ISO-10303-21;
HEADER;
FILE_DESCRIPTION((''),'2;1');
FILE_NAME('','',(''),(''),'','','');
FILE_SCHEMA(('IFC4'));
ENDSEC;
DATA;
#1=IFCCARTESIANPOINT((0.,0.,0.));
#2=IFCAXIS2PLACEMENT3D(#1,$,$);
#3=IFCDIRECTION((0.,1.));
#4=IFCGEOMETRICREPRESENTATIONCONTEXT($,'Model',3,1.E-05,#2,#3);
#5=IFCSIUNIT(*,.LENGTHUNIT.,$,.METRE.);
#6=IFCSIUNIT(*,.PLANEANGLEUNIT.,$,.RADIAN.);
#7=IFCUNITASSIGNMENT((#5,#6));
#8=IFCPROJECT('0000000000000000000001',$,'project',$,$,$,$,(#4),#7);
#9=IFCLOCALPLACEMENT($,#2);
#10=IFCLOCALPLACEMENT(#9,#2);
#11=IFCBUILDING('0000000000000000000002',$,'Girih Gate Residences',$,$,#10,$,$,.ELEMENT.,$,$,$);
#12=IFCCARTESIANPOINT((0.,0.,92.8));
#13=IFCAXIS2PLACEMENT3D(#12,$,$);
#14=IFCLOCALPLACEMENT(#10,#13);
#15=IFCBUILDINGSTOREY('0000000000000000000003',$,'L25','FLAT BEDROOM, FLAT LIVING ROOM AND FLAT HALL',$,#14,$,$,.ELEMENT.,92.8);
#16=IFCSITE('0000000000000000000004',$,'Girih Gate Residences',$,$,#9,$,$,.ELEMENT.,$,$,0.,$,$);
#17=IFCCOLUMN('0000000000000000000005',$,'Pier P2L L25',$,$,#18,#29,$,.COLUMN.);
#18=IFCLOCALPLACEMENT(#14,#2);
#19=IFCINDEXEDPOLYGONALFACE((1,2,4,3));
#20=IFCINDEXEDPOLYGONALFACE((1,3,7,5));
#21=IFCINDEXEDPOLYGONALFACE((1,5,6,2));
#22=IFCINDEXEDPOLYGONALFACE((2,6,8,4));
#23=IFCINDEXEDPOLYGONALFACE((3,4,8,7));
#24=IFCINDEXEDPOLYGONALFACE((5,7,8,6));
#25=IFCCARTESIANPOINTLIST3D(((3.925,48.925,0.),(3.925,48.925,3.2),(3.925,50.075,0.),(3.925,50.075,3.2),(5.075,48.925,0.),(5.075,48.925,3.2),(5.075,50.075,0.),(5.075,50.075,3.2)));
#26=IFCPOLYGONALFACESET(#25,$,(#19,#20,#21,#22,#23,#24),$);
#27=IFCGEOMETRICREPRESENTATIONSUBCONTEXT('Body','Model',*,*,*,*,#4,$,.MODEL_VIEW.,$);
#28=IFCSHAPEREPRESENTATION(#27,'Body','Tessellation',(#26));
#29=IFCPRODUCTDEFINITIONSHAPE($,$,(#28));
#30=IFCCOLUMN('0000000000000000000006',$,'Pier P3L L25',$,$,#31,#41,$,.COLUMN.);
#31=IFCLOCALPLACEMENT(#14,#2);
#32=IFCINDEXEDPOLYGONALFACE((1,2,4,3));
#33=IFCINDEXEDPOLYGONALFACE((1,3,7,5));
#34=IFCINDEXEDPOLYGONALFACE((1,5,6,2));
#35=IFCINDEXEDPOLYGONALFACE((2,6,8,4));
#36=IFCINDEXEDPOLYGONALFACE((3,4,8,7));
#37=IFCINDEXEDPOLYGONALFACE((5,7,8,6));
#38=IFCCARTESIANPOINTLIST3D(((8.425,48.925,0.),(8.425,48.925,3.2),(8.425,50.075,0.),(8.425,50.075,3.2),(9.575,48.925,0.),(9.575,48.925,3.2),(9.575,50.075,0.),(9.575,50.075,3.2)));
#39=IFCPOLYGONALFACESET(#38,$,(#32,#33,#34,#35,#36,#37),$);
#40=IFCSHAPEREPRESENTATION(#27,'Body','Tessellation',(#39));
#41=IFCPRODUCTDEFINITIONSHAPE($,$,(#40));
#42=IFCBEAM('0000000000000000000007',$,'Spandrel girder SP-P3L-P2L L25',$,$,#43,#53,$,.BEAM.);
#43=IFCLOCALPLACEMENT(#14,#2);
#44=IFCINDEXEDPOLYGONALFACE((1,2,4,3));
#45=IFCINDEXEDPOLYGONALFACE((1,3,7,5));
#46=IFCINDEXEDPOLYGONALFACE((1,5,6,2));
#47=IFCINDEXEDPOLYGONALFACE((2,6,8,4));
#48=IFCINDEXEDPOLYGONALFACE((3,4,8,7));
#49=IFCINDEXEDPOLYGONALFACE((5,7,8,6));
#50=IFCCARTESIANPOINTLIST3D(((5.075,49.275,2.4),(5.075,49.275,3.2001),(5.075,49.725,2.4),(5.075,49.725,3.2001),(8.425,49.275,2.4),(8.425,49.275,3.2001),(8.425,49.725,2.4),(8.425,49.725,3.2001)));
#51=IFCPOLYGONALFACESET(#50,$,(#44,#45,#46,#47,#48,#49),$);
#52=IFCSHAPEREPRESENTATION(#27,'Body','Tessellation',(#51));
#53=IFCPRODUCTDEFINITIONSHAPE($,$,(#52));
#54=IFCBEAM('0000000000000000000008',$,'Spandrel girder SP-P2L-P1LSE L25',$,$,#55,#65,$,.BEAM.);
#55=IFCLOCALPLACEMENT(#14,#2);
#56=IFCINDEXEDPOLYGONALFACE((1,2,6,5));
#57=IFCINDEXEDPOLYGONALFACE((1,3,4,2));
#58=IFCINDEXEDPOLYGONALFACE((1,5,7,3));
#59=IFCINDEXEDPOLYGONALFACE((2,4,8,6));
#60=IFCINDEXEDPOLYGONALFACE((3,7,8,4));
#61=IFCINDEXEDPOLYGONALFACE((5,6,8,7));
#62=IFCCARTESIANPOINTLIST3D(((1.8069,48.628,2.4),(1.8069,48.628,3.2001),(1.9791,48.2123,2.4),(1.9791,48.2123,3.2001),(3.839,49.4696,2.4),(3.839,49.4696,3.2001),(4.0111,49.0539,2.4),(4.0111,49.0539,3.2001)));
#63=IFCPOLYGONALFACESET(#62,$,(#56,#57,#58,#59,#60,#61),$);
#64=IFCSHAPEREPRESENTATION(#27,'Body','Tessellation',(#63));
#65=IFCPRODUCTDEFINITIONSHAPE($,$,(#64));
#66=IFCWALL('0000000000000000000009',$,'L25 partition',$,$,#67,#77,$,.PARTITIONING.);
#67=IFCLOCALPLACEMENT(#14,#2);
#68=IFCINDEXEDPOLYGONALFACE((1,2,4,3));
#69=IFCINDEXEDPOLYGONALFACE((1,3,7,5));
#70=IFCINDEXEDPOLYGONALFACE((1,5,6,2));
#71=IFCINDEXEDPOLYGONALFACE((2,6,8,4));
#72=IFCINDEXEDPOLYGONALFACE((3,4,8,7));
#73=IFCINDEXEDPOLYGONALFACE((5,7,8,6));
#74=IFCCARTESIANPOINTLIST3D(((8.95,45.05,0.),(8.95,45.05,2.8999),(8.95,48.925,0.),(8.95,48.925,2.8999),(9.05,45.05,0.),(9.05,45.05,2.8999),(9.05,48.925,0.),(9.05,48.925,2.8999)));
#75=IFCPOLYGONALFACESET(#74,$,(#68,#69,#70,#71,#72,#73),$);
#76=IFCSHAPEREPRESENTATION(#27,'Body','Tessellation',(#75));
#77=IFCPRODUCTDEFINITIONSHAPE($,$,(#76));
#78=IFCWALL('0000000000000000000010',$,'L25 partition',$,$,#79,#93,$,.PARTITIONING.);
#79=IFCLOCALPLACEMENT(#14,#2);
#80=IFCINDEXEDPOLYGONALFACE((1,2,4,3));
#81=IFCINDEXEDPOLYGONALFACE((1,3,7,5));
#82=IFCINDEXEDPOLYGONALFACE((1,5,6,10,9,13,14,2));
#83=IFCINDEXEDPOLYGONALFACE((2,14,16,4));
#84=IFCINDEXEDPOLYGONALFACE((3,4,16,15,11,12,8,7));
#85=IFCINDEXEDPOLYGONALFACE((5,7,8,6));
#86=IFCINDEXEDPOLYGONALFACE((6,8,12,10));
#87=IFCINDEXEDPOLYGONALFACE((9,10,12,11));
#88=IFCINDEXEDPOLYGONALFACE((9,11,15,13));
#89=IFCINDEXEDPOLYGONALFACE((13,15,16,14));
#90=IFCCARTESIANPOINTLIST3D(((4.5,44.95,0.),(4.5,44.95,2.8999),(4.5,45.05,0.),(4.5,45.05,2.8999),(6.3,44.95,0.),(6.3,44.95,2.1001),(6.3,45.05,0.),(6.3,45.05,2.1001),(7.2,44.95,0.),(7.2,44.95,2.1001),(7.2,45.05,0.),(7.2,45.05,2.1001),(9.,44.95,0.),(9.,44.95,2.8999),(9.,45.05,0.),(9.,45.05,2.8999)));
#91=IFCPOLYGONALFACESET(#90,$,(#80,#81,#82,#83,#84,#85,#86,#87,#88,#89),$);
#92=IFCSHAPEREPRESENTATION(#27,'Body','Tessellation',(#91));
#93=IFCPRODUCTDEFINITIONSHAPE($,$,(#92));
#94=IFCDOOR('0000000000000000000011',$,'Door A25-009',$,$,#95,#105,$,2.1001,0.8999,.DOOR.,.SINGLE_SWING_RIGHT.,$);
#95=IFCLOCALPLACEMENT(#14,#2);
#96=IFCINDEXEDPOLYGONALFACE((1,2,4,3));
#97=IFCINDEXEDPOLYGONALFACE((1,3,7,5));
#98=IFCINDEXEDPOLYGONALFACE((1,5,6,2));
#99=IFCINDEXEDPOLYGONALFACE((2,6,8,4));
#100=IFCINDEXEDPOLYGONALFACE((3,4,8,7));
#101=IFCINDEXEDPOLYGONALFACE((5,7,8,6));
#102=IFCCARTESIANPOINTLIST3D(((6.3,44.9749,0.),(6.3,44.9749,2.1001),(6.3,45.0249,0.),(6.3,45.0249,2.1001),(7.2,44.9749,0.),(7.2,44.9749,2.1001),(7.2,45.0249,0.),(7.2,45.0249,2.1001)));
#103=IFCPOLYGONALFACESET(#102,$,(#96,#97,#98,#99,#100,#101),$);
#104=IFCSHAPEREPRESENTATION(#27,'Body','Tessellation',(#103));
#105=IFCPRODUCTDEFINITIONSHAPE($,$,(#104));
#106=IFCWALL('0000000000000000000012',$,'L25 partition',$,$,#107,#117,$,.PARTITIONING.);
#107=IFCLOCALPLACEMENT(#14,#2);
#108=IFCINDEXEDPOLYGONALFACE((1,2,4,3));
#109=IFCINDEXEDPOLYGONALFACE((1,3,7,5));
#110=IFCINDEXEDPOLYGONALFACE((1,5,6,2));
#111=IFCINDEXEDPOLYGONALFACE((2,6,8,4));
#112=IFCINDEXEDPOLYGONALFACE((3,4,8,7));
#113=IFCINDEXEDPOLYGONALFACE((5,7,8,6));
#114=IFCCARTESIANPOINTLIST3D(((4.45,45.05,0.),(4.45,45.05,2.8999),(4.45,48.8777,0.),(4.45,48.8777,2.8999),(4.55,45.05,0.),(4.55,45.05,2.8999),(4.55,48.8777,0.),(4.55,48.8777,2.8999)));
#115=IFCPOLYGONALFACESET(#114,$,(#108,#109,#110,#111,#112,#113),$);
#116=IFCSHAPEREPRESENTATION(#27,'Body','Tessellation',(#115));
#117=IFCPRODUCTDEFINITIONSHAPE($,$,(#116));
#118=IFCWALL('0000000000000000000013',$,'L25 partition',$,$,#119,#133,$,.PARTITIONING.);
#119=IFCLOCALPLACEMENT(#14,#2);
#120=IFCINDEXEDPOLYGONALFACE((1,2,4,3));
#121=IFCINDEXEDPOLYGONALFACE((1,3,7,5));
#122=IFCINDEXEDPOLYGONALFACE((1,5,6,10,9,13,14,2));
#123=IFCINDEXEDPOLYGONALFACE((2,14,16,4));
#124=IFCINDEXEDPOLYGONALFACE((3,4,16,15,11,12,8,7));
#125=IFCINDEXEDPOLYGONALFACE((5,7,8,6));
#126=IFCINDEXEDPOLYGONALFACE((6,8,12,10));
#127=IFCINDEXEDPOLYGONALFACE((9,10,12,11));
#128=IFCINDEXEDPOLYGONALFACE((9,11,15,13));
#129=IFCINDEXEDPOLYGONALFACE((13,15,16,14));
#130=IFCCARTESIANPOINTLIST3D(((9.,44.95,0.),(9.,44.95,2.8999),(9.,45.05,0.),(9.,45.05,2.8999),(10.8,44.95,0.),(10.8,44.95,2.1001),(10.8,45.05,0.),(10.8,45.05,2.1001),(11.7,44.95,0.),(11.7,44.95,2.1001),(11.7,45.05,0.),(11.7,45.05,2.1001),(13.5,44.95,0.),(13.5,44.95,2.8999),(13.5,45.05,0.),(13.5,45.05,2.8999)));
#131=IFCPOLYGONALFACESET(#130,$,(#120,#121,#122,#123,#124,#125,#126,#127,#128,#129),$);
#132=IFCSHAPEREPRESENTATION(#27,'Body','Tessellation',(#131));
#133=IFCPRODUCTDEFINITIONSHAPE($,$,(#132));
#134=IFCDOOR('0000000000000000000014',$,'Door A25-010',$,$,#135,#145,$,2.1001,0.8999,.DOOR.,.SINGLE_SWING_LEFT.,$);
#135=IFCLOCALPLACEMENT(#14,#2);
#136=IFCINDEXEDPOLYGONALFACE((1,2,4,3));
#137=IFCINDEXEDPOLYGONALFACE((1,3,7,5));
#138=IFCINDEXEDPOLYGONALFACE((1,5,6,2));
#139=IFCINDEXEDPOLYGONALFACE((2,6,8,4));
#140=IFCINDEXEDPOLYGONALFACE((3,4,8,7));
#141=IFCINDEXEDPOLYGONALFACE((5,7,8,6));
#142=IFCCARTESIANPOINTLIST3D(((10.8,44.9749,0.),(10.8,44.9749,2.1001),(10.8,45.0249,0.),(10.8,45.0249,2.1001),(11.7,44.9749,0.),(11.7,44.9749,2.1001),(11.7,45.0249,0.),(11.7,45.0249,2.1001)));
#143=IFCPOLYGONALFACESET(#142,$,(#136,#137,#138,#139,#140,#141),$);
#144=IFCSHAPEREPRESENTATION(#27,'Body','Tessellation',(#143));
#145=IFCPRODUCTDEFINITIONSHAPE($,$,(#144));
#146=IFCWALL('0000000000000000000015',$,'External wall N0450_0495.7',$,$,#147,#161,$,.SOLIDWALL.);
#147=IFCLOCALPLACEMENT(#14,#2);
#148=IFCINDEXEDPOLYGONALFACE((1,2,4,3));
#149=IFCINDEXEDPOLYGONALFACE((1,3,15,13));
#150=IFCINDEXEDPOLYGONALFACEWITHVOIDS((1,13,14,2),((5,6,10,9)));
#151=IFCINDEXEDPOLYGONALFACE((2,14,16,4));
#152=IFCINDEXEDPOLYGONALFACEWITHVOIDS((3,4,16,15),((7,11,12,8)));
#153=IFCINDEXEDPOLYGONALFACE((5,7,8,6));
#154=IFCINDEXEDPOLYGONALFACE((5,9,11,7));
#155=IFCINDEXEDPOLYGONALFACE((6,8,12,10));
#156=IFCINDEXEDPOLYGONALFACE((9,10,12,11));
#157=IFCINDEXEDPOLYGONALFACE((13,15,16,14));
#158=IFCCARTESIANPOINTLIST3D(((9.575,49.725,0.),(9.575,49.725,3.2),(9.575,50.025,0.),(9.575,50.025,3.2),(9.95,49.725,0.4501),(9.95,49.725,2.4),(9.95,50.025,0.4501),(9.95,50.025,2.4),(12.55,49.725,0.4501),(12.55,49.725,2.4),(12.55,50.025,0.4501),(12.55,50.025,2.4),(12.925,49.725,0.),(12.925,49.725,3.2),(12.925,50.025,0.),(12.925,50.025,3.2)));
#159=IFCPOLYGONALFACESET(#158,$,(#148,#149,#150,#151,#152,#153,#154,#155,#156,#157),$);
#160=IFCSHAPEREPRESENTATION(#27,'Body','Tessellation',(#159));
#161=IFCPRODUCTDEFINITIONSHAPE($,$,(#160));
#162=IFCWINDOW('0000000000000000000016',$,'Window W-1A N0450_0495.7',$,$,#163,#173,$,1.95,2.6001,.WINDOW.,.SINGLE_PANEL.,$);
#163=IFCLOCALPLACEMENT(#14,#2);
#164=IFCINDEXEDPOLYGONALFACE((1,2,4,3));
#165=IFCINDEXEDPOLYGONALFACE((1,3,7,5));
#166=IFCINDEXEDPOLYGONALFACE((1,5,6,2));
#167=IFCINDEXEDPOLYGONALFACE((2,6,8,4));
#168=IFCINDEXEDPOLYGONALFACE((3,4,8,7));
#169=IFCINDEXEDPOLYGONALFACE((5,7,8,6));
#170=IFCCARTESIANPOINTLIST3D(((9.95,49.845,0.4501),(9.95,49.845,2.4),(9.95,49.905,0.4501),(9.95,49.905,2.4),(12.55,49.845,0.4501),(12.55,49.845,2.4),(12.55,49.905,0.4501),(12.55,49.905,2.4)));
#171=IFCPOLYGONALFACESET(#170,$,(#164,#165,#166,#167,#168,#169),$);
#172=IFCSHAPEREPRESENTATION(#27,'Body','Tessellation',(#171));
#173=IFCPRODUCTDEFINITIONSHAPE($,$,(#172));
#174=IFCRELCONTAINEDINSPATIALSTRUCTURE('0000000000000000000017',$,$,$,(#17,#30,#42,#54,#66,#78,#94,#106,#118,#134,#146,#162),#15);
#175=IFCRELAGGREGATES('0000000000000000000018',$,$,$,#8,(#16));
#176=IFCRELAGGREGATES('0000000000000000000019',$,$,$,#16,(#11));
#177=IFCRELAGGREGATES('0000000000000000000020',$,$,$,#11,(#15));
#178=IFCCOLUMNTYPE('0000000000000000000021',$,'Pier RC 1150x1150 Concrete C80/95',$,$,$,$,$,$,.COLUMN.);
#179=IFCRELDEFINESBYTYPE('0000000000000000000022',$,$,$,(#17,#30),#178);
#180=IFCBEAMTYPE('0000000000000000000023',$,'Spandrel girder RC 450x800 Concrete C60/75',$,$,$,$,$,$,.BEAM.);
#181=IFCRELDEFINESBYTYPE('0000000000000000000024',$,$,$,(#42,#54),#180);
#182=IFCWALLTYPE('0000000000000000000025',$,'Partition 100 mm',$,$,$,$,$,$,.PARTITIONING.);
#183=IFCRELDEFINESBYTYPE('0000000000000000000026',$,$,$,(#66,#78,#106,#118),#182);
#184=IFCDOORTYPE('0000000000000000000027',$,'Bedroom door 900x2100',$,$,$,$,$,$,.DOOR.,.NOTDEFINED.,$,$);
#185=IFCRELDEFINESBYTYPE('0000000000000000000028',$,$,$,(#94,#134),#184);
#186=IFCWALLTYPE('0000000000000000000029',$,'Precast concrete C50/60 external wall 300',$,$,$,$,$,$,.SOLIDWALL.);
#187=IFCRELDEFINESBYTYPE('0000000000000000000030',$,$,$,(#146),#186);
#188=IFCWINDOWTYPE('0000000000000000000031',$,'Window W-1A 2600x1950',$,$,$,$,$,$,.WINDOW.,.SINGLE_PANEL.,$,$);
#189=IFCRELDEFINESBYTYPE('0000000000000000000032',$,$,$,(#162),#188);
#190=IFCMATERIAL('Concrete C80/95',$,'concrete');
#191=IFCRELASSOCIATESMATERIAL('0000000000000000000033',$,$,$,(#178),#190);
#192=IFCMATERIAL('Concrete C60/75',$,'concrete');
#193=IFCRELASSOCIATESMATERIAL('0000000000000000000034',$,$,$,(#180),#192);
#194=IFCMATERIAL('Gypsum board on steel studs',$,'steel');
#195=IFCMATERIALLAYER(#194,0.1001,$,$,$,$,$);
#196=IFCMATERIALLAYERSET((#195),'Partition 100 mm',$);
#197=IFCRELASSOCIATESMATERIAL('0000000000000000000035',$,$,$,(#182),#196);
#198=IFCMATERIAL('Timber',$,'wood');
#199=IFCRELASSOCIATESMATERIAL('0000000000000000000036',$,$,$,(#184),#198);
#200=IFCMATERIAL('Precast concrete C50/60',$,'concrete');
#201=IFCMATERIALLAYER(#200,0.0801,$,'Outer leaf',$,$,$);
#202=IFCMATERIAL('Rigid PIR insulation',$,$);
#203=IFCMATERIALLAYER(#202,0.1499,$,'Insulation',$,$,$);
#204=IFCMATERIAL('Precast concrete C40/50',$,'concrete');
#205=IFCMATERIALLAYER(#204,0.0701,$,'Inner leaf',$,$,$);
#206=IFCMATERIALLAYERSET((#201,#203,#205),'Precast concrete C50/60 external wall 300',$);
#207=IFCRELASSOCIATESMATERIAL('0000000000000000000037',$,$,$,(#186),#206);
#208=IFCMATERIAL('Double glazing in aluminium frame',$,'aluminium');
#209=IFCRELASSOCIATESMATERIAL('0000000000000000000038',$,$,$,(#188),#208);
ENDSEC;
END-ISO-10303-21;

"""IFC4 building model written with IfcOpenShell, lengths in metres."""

from ifc_helpers import new_model, si_unit, direction, frame, frame_2d, origin, origin_2d, place, context, subcontext, project, spatial, rectangle, extrude, material, layer, layer_set, material_profile, profile_set, type_object, element, fill, save


model = new_model("IFC4")

# Units and contexts
model_context = context("Model", 3, precision=1e-05, world=origin(), true_north=direction((0.0, 1.0)))
body_context = subcontext(model_context, "Body", "Model", "MODEL_VIEW")
ifc_project = project(units=[si_unit("LENGTHUNIT", "METRE"), si_unit("PLANEANGLEUNIT", "RADIAN")], contexts=[model_context])

# Site, building, storey
site_placement = place(None, origin())
site = spatial("IfcSite", under=ifc_project, at=site_placement, Name="Girih Gate Residences", CompositionType="ELEMENT", RefElevation=0.0)
building_placement = place(site_placement, origin())
building = spatial("IfcBuilding", under=site, at=building_placement, Name="Girih Gate Residences", CompositionType="ELEMENT")
storey_placement = place(building_placement, frame((0.0, 0.0, 92.8)))
storey = spatial("IfcBuildingStorey", under=building, at=storey_placement, Name="L25", Description="FLAT BEDROOM, FLAT LIVING ROOM AND FLAT HALL", CompositionType="ELEMENT", Elevation=92.8)

# Columns
ifc_material_1 = material(Name="Concrete C80/95", Category="concrete")
ifc_material_profile_1 = material_profile(ifc_material_1, rectangle(XDim=1.1499, YDim=1.1499, at=origin_2d()))
ifc_profile_set_1 = profile_set([ifc_material_profile_1], Name="Concrete C80/95")
column_type = type_object("IfcColumnType", Name="Pier RC 1150x1150 Concrete C80/95", PredefinedType="COLUMN", material=ifc_profile_set_1)
for number, where, z_axis, x_axis, name in (
    (1, (4.5, 49.5, 0.0), (0.0, 0.0, 1.0), (1.0, 0.0, 0.0), "Pier P2L L25"),
    (2, (9.0, 49.5, 0.0), (0.0, 0.0, 1.0), (1.0, 0.0, 0.0), "Pier P3L L25"),
):
    element("IfcColumn", number, at=place(storey_placement, frame(where, z_axis=z_axis, x_axis=x_axis)), inside=storey, type_object=column_type, Name=name, PredefinedType="COLUMN", context=body_context, shape_type="SweptSolid", body=[
        extrude(rectangle(XDim=1.1499, YDim=1.1499, at=origin_2d()), origin(), (0.0, 0.0, 1.0), 3.2),
    ])

# Beams
ifc_material_2 = material(Name="Concrete C60/75", Category="concrete")
ifc_material_profile_2 = material_profile(ifc_material_2, rectangle(XDim=0.45, YDim=0.8, at=origin_2d()))
ifc_profile_set_2 = profile_set([ifc_material_profile_2], Name="Concrete C60/75")
beam_type = type_object("IfcBeamType", Name="Spandrel girder RC 450x800 Concrete C60/75", PredefinedType="BEAM", material=ifc_profile_set_2)
beam_1_placement = place(storey_placement, frame((8.425, 49.5, 2.8), z_axis=(-1.0, 0.0, 0.0), x_axis=(0.0, -1.0, 0.0)))
element("IfcBeam", 3, at=beam_1_placement, inside=storey, type_object=beam_type, Name="Spandrel girder SP-P3L-P2L L25", PredefinedType="BEAM", context=body_context, shape_type="SweptSolid", body=[
    extrude(rectangle(XDim=0.45, YDim=0.8, at=origin_2d()), origin(), (0.0, 0.0, 1.0), 3.3501),
])
beam_2_placement = place(storey_placement, frame((3.925, 49.2617, 2.8), z_axis=(-0.923899, -0.382636, 0.0), x_axis=(0.382636, -0.923899, 0.0)))
element("IfcBeam", 4, at=beam_2_placement, inside=storey, type_object=beam_type, Name="Spandrel girder SP-P2L-P1LSE L25", PredefinedType="BEAM", context=body_context, shape_type="SweptSolid", body=[
    extrude(rectangle(XDim=0.45, YDim=0.8, at=origin_2d()), origin(), (0.0, 0.0, 1.0), 2.1995),
])

# Wall
ifc_material_3 = material(Name="Gypsum board on steel studs", Category="steel")
ifc_layer_1 = layer(ifc_material_3, 0.1001)
ifc_layer_set_1 = layer_set([ifc_layer_1], Name="Partition 100 mm")
wall_type_1 = type_object("IfcWallType", Name="Partition 100 mm", PredefinedType="PARTITIONING", material=ifc_layer_set_1)
wall_1_placement = place(storey_placement, frame((9.0, 45.05, 0.0), z_axis=(0.0, 0.0, 1.0), x_axis=(0.0, 1.0, 0.0)))
element("IfcWall", 5, at=wall_1_placement, inside=storey, type_object=wall_type_1, Name="L25 partition", PredefinedType="PARTITIONING", context=body_context, shape_type="SweptSolid", body=[
    extrude(rectangle(XDim=3.875, YDim=0.1001, at=frame_2d((1.9375, 0.0))), origin(), (0.0, 0.0, 1.0), 2.8999),
])

# Wall, opening, door
wall_2_placement = place(storey_placement, frame((4.5, 45.0, 0.0), z_axis=(0.0, 0.0, 1.0), x_axis=(1.0, 0.0, 0.0)))
wall_2 = element("IfcWall", 6, at=wall_2_placement, inside=storey, type_object=wall_type_1, Name="L25 partition", PredefinedType="PARTITIONING", context=body_context, shape_type="SweptSolid", body=[
    extrude(rectangle(XDim=4.5, YDim=0.1001, at=frame_2d((2.25, 0.0))), origin(), (0.0, 0.0, 1.0), 2.8999),
])
opening_1_placement = place(wall_2_placement, frame((1.8, 0.0, 0.0)))
opening_1 = element("IfcOpeningElement", 7, at=opening_1_placement, cuts=wall_2, PredefinedType="OPENING", context=body_context, shape_type="SweptSolid", body=[
    extrude(rectangle(XDim=0.8999, YDim=2.1001, at=frame_2d((0.45, 1.05))), frame((0.0, 0.0601, 0.0), z_axis=(0.0, -1.0, 0.0), x_axis=(1.0, 0.0, 0.0)), (0.0, 0.0, 1.0), 0.1201),
])
ifc_material_4 = material(Name="Timber", Category="wood")
door_type = type_object("IfcDoorType", Name="Bedroom door 900x2100", OperationType="NOTDEFINED", PredefinedType="DOOR", material=ifc_material_4)
door_1_placement = place(opening_1_placement, origin())
door_1 = element("IfcDoor", 8, at=door_1_placement, inside=storey, type_object=door_type, Name="Door A25-009", OperationType="SINGLE_SWING_RIGHT", OverallHeight=2.1001, OverallWidth=0.8999, PredefinedType="DOOR", context=body_context, shape_type="SweptSolid", body=[
    extrude(rectangle(XDim=0.8999, YDim=2.1001, at=frame_2d((0.45, 1.05))), frame((0.0, 0.0249, 0.0), z_axis=(0.0, -1.0, 0.0), x_axis=(1.0, 0.0, 0.0)), (0.0, 0.0, 1.0), 0.05),
])
fill(opening_1, door_1)

# Wall
wall_3_placement = place(storey_placement, frame((4.5, 45.05, 0.0), z_axis=(0.0, 0.0, 1.0), x_axis=(0.0, 1.0, 0.0)))
element("IfcWall", 9, at=wall_3_placement, inside=storey, type_object=wall_type_1, Name="L25 partition", PredefinedType="PARTITIONING", context=body_context, shape_type="SweptSolid", body=[
    extrude(rectangle(XDim=3.8276, YDim=0.1001, at=frame_2d((1.9138, 0.0))), origin(), (0.0, 0.0, 1.0), 2.8999),
])

# Wall, opening, door
wall_4_placement = place(storey_placement, frame((9.0, 45.0, 0.0), z_axis=(0.0, 0.0, 1.0), x_axis=(1.0, 0.0, 0.0)))
wall_4 = element("IfcWall", 10, at=wall_4_placement, inside=storey, type_object=wall_type_1, Name="L25 partition", PredefinedType="PARTITIONING", context=body_context, shape_type="SweptSolid", body=[
    extrude(rectangle(XDim=4.5, YDim=0.1001, at=frame_2d((2.25, 0.0))), origin(), (0.0, 0.0, 1.0), 2.8999),
])
opening_2_placement = place(wall_4_placement, frame((1.8, 0.0, 0.0)))
opening_2 = element("IfcOpeningElement", 11, at=opening_2_placement, cuts=wall_4, PredefinedType="OPENING", context=body_context, shape_type="SweptSolid", body=[
    extrude(rectangle(XDim=0.8999, YDim=2.1001, at=frame_2d((0.45, 1.05))), frame((0.0, 0.0601, 0.0), z_axis=(0.0, -1.0, 0.0), x_axis=(1.0, 0.0, 0.0)), (0.0, 0.0, 1.0), 0.1201),
])
door_2_placement = place(opening_2_placement, origin())
door_2 = element("IfcDoor", 12, at=door_2_placement, inside=storey, type_object=door_type, Name="Door A25-010", OperationType="SINGLE_SWING_LEFT", OverallHeight=2.1001, OverallWidth=0.8999, PredefinedType="DOOR", context=body_context, shape_type="SweptSolid", body=[
    extrude(rectangle(XDim=0.8999, YDim=2.1001, at=frame_2d((0.45, 1.05))), frame((0.0, 0.0249, 0.0), z_axis=(0.0, -1.0, 0.0), x_axis=(1.0, 0.0, 0.0)), (0.0, 0.0, 1.0), 0.05),
])
fill(opening_2, door_2)

# Wall, opening, window
ifc_material_5 = material(Name="Precast concrete C50/60", Category="concrete")
ifc_layer_2 = layer(ifc_material_5, 0.0801, Name="Outer leaf")
ifc_material_6 = material(Name="Rigid PIR insulation")
ifc_layer_3 = layer(ifc_material_6, 0.1499, Name="Insulation")
ifc_material_7 = material(Name="Precast concrete C40/50", Category="concrete")
ifc_layer_4 = layer(ifc_material_7, 0.0701, Name="Inner leaf")
ifc_layer_set_2 = layer_set([ifc_layer_2, ifc_layer_3, ifc_layer_4], Name="Precast concrete C50/60 external wall 300")
wall_type_2 = type_object("IfcWallType", Name="Precast concrete C50/60 external wall 300", PredefinedType="SOLIDWALL", material=ifc_layer_set_2)
wall_5_placement = place(storey_placement, frame((9.575, 49.875, 0.0), z_axis=(0.0, 0.0, 1.0), x_axis=(1.0, 0.0, 0.0)))
wall_5 = element("IfcWall", 13, at=wall_5_placement, inside=storey, type_object=wall_type_2, Name="External wall N0450_0495.7", PredefinedType="SOLIDWALL", context=body_context, shape_type="SweptSolid", body=[
    extrude(rectangle(XDim=3.3501, YDim=0.3, at=frame_2d((1.675, 0.0))), origin(), (0.0, 0.0, 1.0), 3.2),
])
opening_3_placement = place(wall_5_placement, frame((0.375, 0.0, 0.45)))
opening_3 = element("IfcOpeningElement", 14, at=opening_3_placement, cuts=wall_5, PredefinedType="OPENING", context=body_context, shape_type="SweptSolid", body=[
    extrude(rectangle(XDim=2.6001, YDim=1.95, at=frame_2d((1.3, 0.9751))), frame((0.0, 0.1599, 0.0), z_axis=(0.0, -1.0, 0.0), x_axis=(1.0, 0.0, 0.0)), (0.0, 0.0, 1.0), 0.3201),
])
ifc_material_8 = material(Name="Double glazing in aluminium frame", Category="aluminium")
window_type = type_object("IfcWindowType", Name="Window W-1A 2600x1950", PartitioningType="SINGLE_PANEL", PredefinedType="WINDOW", material=ifc_material_8)
window_1_placement = place(opening_3_placement, origin())
window_1 = element("IfcWindow", 15, at=window_1_placement, inside=storey, type_object=window_type, Name="Window W-1A N0450_0495.7", OverallHeight=1.95, OverallWidth=2.6001, PartitioningType="SINGLE_PANEL", PredefinedType="WINDOW", context=body_context, shape_type="SweptSolid", body=[
    extrude(rectangle(XDim=2.6001, YDim=1.95, at=frame_2d((1.3, 0.9751))), frame((0.0, 0.03, 0.0), z_axis=(0.0, -1.0, 0.0), x_axis=(1.0, 0.0, 0.0)), (0.0, 0.0, 1.0), 0.0601),
])
fill(opening_3, window_1)

save(model, "model.ifc")
